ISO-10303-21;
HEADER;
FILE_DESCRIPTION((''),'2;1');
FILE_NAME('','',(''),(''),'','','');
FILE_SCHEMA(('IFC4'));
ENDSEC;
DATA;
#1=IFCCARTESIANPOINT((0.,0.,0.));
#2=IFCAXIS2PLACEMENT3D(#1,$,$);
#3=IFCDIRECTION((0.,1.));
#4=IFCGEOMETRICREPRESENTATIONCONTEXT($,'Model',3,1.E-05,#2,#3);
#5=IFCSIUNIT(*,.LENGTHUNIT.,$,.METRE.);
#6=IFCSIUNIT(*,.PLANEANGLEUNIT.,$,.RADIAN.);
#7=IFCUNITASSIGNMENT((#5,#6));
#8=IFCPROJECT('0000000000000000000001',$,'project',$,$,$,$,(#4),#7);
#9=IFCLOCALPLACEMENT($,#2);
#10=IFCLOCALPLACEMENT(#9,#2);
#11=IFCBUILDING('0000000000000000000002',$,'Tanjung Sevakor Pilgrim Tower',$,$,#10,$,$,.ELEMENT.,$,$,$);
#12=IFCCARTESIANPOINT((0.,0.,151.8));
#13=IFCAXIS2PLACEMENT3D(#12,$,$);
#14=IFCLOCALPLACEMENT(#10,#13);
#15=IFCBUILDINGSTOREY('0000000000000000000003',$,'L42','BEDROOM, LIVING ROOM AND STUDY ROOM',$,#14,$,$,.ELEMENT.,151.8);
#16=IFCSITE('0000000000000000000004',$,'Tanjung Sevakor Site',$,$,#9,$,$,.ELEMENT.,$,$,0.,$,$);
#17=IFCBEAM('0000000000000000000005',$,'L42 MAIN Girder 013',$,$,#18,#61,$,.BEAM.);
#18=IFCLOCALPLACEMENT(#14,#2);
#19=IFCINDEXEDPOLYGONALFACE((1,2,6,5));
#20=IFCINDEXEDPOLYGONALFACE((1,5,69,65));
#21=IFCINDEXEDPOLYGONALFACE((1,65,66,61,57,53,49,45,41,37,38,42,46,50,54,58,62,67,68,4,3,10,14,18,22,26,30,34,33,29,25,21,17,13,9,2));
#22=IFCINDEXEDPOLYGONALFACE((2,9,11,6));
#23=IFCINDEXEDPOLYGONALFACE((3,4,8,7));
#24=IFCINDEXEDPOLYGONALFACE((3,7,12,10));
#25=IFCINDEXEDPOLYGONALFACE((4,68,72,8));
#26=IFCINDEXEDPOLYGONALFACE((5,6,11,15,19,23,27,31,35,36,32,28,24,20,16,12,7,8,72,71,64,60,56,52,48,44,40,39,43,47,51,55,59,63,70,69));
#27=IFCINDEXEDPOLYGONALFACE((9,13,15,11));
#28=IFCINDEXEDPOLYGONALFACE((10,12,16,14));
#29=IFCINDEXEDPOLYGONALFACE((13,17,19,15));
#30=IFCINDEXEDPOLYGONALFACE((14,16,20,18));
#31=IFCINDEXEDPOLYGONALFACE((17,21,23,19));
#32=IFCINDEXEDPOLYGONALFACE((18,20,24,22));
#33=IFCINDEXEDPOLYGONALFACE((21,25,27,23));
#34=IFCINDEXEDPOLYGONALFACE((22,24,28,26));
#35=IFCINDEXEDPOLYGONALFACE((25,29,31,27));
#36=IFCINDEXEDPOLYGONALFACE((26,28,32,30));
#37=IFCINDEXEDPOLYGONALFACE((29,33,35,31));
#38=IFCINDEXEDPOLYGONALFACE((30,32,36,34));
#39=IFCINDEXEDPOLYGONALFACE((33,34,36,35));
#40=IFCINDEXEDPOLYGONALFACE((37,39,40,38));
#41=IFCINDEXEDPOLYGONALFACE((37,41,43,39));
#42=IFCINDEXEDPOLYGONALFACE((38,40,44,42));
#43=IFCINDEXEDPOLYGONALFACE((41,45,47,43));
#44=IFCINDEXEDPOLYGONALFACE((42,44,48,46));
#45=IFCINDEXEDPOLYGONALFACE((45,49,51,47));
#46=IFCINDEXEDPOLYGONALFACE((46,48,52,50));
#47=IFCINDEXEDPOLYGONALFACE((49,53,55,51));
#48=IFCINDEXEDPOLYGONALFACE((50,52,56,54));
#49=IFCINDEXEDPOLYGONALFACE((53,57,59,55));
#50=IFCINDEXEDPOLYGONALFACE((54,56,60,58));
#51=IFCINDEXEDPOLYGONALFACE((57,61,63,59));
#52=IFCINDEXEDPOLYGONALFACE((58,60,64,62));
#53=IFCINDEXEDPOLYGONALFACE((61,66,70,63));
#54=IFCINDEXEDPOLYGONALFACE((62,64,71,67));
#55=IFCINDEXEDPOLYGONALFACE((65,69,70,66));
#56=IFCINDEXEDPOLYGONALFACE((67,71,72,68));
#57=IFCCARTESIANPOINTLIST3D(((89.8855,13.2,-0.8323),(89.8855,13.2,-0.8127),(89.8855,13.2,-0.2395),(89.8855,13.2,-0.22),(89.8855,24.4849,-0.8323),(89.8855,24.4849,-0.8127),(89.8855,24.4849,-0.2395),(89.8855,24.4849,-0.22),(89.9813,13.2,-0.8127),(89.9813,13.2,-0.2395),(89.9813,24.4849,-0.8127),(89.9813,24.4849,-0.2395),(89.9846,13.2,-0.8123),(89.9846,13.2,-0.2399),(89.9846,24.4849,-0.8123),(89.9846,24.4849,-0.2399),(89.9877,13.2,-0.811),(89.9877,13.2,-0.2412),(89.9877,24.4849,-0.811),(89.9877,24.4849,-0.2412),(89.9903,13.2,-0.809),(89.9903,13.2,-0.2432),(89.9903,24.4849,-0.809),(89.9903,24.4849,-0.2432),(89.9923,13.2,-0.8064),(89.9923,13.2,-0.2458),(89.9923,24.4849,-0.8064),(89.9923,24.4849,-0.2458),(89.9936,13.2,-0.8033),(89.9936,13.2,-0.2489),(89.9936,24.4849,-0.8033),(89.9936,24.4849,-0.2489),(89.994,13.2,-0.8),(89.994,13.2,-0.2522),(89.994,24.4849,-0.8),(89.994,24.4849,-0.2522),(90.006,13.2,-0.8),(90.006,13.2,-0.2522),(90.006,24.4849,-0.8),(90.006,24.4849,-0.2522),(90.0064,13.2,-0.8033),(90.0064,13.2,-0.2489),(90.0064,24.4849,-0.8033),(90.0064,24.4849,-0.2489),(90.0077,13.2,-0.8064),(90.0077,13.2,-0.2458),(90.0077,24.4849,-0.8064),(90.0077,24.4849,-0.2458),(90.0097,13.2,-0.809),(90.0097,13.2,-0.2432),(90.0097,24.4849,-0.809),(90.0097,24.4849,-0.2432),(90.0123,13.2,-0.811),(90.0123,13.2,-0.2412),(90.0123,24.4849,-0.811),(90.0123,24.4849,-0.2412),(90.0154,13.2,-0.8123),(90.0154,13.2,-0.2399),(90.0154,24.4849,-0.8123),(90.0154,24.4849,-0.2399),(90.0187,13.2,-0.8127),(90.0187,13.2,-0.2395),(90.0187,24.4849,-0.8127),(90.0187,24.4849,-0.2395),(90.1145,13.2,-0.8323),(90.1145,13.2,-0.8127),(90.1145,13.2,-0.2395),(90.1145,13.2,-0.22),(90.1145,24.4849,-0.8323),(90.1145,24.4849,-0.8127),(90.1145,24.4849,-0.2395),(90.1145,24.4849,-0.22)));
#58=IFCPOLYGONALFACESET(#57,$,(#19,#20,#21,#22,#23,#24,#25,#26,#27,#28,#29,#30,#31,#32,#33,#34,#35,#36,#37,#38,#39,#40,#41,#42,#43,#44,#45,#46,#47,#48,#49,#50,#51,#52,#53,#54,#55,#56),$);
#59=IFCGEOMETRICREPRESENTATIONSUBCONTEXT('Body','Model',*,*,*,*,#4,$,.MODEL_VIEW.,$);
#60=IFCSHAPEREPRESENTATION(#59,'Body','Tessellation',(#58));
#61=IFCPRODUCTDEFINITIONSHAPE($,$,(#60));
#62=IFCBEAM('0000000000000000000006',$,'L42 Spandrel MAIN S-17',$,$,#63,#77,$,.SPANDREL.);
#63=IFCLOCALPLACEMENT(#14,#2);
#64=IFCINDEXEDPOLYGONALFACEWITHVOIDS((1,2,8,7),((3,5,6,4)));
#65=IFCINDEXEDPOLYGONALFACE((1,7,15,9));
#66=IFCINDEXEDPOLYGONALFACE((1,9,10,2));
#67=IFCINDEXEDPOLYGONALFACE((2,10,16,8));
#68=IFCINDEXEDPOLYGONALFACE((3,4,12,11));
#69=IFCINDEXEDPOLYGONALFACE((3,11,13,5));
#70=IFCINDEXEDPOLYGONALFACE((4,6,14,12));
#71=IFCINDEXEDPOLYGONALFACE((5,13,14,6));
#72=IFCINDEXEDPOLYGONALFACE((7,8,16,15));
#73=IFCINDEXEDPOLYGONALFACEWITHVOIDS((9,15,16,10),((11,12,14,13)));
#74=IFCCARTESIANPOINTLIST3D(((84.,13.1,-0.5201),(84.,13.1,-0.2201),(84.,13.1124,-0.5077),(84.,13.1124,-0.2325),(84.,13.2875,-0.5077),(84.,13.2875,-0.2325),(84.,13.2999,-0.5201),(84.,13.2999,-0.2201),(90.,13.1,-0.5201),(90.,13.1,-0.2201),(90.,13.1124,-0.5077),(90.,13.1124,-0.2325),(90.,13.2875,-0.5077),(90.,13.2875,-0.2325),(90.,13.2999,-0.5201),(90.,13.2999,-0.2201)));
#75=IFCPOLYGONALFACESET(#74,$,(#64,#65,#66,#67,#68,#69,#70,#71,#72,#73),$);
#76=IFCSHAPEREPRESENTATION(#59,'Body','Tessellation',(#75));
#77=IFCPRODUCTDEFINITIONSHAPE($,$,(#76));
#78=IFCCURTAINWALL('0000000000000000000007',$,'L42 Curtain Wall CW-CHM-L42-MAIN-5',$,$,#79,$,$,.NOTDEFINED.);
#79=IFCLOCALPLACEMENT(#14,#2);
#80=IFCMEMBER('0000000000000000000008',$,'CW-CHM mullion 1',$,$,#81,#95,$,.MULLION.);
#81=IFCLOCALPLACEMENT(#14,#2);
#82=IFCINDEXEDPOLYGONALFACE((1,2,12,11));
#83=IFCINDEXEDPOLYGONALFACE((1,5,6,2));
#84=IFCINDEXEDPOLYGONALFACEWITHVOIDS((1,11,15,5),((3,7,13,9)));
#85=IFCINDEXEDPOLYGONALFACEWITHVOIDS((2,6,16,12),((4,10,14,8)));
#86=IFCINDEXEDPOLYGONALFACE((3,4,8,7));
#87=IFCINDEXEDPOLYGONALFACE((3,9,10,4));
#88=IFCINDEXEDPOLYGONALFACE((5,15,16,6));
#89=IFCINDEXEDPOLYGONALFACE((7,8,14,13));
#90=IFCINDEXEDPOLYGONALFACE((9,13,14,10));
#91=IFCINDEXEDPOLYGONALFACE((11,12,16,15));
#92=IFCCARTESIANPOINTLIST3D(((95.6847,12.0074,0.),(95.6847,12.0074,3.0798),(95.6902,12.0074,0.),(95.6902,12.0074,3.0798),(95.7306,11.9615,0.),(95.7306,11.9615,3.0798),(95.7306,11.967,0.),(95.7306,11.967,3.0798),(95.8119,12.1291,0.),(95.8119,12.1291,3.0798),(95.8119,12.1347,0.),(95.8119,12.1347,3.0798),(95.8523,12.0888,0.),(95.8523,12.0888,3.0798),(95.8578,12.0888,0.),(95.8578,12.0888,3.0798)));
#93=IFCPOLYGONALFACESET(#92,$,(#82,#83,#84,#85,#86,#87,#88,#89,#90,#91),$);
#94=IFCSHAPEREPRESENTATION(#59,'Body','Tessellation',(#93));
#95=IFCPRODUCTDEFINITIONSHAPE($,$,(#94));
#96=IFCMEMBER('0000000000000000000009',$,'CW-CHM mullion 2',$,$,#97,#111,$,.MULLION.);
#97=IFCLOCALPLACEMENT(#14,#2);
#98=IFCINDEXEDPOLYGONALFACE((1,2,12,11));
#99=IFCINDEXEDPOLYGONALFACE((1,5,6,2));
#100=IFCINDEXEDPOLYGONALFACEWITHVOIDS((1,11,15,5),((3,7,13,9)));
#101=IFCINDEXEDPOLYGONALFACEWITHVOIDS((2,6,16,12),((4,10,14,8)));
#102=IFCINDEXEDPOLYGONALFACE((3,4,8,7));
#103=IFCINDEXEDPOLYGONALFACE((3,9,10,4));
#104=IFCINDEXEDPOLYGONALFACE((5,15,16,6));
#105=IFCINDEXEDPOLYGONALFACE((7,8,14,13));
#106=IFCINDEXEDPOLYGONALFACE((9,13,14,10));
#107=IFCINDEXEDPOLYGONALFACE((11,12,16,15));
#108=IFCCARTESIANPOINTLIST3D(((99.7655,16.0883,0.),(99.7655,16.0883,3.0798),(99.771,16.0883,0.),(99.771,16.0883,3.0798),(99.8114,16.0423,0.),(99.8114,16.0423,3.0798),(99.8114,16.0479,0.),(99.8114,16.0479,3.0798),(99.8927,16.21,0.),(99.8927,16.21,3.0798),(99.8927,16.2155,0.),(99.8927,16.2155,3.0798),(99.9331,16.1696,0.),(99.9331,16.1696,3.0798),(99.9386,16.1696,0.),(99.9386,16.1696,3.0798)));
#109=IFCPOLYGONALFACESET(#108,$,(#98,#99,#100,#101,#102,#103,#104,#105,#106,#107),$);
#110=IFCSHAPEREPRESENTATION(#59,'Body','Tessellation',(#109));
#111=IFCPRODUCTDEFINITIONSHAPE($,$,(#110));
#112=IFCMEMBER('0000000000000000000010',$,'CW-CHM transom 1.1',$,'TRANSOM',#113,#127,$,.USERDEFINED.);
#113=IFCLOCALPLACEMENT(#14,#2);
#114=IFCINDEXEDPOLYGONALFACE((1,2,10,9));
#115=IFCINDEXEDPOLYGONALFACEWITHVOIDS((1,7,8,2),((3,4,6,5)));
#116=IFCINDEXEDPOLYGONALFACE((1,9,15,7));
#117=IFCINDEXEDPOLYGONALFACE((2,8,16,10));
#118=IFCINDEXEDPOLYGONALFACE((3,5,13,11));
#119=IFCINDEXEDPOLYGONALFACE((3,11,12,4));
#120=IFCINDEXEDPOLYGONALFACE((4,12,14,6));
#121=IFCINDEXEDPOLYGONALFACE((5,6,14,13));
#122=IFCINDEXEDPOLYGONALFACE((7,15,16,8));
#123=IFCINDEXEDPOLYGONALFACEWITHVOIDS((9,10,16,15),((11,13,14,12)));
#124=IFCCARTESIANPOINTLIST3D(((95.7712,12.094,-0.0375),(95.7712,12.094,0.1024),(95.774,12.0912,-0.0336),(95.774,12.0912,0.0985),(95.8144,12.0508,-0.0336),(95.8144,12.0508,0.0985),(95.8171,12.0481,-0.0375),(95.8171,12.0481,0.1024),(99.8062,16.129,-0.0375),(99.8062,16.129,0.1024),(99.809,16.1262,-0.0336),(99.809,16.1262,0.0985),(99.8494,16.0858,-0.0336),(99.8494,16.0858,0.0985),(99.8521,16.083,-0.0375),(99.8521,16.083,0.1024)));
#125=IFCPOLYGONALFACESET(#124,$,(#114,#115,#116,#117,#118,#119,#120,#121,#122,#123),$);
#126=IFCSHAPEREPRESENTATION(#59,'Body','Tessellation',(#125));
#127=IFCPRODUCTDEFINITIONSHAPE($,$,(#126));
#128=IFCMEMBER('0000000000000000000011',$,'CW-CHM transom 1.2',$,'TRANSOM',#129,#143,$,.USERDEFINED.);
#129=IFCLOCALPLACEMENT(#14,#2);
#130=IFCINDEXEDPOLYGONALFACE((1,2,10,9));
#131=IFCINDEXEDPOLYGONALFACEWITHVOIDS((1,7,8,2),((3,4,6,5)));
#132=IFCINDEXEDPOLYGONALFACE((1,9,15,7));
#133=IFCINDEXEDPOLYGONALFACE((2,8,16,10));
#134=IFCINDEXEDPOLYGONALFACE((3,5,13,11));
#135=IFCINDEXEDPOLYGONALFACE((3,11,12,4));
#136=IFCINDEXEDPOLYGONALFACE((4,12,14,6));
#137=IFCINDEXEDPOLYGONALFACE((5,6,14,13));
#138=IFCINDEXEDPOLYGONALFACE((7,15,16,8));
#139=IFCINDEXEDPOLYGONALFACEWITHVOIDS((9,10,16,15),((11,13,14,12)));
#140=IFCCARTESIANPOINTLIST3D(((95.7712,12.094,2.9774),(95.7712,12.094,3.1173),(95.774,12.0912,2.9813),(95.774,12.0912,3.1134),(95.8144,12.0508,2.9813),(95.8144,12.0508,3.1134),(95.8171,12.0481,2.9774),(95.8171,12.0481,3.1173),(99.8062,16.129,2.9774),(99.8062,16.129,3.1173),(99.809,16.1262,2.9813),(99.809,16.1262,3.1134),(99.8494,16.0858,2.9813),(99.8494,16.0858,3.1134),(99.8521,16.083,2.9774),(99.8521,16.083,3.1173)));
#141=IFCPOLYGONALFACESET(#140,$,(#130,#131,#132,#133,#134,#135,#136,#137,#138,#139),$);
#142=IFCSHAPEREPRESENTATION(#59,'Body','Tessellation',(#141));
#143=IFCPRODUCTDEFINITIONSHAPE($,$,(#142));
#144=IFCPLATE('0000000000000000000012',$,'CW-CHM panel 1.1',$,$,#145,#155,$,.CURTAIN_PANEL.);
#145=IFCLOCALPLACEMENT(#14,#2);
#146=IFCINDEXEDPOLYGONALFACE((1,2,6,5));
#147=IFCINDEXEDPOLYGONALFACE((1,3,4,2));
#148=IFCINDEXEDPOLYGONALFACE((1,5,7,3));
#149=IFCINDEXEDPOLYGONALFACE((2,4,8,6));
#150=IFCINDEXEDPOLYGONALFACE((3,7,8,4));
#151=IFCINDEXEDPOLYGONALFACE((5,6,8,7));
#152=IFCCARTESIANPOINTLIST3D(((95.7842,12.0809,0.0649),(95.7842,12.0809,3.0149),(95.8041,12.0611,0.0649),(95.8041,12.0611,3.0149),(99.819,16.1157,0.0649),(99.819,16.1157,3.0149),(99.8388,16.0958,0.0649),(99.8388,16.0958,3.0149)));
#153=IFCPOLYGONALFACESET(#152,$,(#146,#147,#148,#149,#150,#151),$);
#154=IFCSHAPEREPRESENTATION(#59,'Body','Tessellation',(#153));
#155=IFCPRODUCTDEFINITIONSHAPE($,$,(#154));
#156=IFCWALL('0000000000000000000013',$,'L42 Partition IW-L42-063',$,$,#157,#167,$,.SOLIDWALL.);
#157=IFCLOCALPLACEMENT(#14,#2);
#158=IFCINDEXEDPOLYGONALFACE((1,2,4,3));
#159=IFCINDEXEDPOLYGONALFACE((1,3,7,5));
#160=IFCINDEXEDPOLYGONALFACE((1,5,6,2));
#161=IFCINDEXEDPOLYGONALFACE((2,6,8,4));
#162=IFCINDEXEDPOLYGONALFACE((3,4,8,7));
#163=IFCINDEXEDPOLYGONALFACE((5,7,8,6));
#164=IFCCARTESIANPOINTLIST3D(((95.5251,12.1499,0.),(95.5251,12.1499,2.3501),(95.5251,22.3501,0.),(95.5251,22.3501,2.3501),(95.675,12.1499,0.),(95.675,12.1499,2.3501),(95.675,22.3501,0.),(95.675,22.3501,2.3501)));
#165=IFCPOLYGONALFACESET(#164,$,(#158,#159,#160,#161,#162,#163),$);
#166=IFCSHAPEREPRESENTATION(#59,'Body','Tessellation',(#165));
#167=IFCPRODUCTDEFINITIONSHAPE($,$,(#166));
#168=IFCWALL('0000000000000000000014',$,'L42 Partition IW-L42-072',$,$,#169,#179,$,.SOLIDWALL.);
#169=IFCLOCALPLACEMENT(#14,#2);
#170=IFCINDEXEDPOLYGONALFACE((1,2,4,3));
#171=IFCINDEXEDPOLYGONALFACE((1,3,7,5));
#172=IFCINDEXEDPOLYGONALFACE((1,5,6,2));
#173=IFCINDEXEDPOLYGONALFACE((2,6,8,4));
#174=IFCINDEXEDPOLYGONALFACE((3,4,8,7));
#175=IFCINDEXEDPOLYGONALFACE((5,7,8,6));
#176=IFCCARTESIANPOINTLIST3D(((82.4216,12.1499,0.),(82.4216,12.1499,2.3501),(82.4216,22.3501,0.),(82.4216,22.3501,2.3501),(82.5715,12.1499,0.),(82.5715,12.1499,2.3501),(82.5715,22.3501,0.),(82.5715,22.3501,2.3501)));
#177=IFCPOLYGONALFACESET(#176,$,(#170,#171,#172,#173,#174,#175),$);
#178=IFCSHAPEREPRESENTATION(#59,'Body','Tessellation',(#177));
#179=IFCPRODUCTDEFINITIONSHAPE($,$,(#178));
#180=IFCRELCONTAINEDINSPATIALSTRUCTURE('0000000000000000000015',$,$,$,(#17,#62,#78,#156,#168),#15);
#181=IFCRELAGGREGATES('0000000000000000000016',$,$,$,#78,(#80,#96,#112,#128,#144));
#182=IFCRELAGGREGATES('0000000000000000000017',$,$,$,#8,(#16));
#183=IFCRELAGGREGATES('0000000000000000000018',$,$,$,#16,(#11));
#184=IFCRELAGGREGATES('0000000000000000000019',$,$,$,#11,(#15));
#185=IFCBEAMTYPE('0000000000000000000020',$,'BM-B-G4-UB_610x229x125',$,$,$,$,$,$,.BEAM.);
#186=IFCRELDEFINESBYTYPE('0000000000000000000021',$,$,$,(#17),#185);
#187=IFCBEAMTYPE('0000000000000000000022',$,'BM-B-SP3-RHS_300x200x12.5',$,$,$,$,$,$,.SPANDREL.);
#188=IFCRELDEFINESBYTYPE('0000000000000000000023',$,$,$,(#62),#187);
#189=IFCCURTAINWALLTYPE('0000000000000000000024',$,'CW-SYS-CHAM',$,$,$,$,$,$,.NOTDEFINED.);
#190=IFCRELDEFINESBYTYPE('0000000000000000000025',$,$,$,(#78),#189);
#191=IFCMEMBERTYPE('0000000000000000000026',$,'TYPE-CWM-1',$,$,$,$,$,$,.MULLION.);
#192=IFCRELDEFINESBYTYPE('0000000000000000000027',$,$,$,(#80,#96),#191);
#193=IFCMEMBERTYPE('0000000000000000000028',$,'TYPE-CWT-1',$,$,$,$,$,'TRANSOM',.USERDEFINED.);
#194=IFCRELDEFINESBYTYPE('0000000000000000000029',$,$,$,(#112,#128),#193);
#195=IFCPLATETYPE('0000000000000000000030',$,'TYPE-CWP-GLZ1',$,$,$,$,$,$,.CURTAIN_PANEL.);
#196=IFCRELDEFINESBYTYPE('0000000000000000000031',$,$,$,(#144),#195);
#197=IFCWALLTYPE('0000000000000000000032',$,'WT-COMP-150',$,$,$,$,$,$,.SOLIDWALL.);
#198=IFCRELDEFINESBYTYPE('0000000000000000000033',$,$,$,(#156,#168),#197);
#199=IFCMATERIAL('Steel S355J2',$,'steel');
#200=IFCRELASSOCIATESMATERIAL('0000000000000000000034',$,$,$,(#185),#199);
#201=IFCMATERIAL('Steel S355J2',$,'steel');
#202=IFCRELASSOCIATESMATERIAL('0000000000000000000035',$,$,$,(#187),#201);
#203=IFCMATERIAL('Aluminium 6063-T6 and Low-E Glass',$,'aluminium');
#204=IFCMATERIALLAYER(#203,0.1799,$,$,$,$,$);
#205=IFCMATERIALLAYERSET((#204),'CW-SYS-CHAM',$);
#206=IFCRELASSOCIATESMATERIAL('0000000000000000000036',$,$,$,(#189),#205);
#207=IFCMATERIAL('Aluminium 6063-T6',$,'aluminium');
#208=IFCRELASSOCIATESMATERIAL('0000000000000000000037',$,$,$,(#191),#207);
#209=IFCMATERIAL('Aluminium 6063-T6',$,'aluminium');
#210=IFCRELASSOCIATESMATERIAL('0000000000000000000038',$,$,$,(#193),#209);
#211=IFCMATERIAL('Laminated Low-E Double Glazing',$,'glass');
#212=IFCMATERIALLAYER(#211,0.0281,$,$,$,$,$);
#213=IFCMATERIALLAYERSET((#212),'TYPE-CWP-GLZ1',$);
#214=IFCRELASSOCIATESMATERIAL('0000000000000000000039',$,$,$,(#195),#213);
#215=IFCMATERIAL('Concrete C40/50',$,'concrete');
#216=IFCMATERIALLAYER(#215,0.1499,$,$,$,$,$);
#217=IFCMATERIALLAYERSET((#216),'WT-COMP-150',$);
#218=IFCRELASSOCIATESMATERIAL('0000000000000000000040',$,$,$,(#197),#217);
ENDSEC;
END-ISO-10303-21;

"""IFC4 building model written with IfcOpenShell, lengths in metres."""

from ifc_helpers import new_model, si_unit, direction, frame, frame_2d, origin, origin_2d, place, context, subcontext, project, spatial, rectangle, hollow_rectangle, i_section, extrude, material, layer, layer_set, material_profile, profile_set, type_object, element, aggregate, save


model = new_model("IFC4")

# Units and contexts
model_context = context("Model", 3, precision=1e-05, world=origin(), true_north=direction((0.0, 1.0)))
body_context = subcontext(model_context, "Body", "Model", "MODEL_VIEW")
ifc_project = project(units=[si_unit("LENGTHUNIT", "METRE"), si_unit("PLANEANGLEUNIT", "RADIAN")], contexts=[model_context])

# Site, building, storey
site_placement = place(None, origin())
site = spatial("IfcSite", under=ifc_project, at=site_placement, Name="Tanjung Sevakor Site", CompositionType="ELEMENT", RefElevation=0.0)
building_placement = place(site_placement, origin())
building = spatial("IfcBuilding", under=site, at=building_placement, Name="Tanjung Sevakor Pilgrim Tower", CompositionType="ELEMENT")
storey_placement = place(building_placement, frame((0.0, 0.0, 151.8)))
storey = spatial("IfcBuildingStorey", under=building, at=storey_placement, Name="L42", Description="BEDROOM, LIVING ROOM AND STUDY ROOM", CompositionType="ELEMENT", Elevation=151.8)

# Beams
ifc_material_1 = material(Name="Steel S355J2", Category="steel")
ifc_material_profile_1 = material_profile(ifc_material_1, i_section(OverallWidth=0.229, OverallDepth=0.6123, WebThickness=0.012, FlangeThickness=0.0195, FilletRadius=0.0127, at=origin_2d()))
ifc_profile_set_1 = profile_set([ifc_material_profile_1], Name="Steel S355J2")
beam_type_1 = type_object("IfcBeamType", Name="BM-B-G4-UB_610x229x125", PredefinedType="BEAM", material=ifc_profile_set_1)
for number, where, z_axis, x_axis, name in (
    (1, (90.0, 13.2, -0.5261), (0.0, 1.0, 0.0), (-1.0, 0.0, 0.0), "L42 MAIN Girder 013"),
):
    element("IfcBeam", number, at=place(storey_placement, frame(where, z_axis=z_axis, x_axis=x_axis)), inside=storey, type_object=beam_type_1, Name=name, PredefinedType="BEAM", context=body_context, shape_type="SweptSolid", body=[
        extrude(i_section(OverallWidth=0.229, OverallDepth=0.6123, WebThickness=0.012, FlangeThickness=0.0195, FilletRadius=0.0127, at=origin_2d()), origin(), (0.0, 0.0, 1.0), 11.2849),
    ])
ifc_material_2 = material(Name="Steel S355J2", Category="steel")
ifc_material_profile_2 = material_profile(ifc_material_2, hollow_rectangle(XDim=0.2, YDim=0.3, WallThickness=0.0125, at=origin_2d()))
ifc_profile_set_2 = profile_set([ifc_material_profile_2], Name="Steel S355J2")
beam_type_2 = type_object("IfcBeamType", Name="BM-B-SP3-RHS_300x200x12.5", PredefinedType="SPANDREL", material=ifc_profile_set_2)
beam_1_placement = place(storey_placement, frame((84.0, 13.2, -0.3701), z_axis=(1.0, 0.0, 0.0), x_axis=(0.0, 1.0, 0.0)))
element("IfcBeam", 2, at=beam_1_placement, inside=storey, type_object=beam_type_2, Name="L42 Spandrel MAIN S-17", PredefinedType="SPANDREL", context=body_context, shape_type="SweptSolid", body=[
    extrude(hollow_rectangle(XDim=0.2, YDim=0.3, WallThickness=0.0125, at=origin_2d()), origin(), (0.0, 0.0, 1.0), 6.0),
])

# Curtain wall, members, plate
ifc_material_3 = material(Name="Aluminium 6063-T6 and Low-E Glass", Category="aluminium")
ifc_layer_1 = layer(ifc_material_3, 0.1799)
ifc_layer_set_1 = layer_set([ifc_layer_1], Name="CW-SYS-CHAM")
curtain_wall_type = type_object("IfcCurtainWallType", Name="CW-SYS-CHAM", PredefinedType="NOTDEFINED", material=ifc_layer_set_1)
curtain_wall_placement = place(storey_placement, origin())
curtain_wall = element("IfcCurtainWall", 3, at=curtain_wall_placement, inside=storey, type_object=curtain_wall_type, Name="L42 Curtain Wall CW-CHM-L42-MAIN-5", PredefinedType="NOTDEFINED")
ifc_material_4 = material(Name="Aluminium 6063-T6", Category="aluminium")
ifc_material_profile_3 = material_profile(ifc_material_4, hollow_rectangle(XDim=0.0649, YDim=0.1799, WallThickness=0.0039, at=origin_2d()))
ifc_profile_set_3 = profile_set([ifc_material_profile_3], Name="Aluminium 6063-T6")
member_type_1 = type_object("IfcMemberType", Name="TYPE-CWM-1", PredefinedType="MULLION", material=ifc_profile_set_3)
member_1_placement = place(storey_placement, frame((95.7712, 12.0481, 0.0), z_axis=(0.0, 0.0, 1.0), x_axis=(-0.707107, 0.707107, 0.0)))
member_1 = element("IfcMember", 4, at=member_1_placement, type_object=member_type_1, Name="CW-CHM mullion 1", PredefinedType="MULLION", context=body_context, shape_type="SweptSolid", body=[
    extrude(hollow_rectangle(XDim=0.0649, YDim=0.1799, WallThickness=0.0039, at=origin_2d()), origin(), (0.0, 0.0, 1.0), 3.0798),
])
member_2_placement = place(storey_placement, frame((99.8521, 16.1289, 0.0), z_axis=(0.0, 0.0, 1.0), x_axis=(-0.707107, 0.707107, 0.0)))
member_2 = element("IfcMember", 5, at=member_2_placement, type_object=member_type_1, Name="CW-CHM mullion 2", PredefinedType="MULLION", context=body_context, shape_type="SweptSolid", body=[
    extrude(hollow_rectangle(XDim=0.0649, YDim=0.1799, WallThickness=0.0039, at=origin_2d()), origin(), (0.0, 0.0, 1.0), 3.0798),
])
ifc_material_5 = material(Name="Aluminium 6063-T6", Category="aluminium")
ifc_material_profile_4 = material_profile(ifc_material_5, hollow_rectangle(XDim=0.0649, YDim=0.1399, WallThickness=0.0039, at=origin_2d()))
ifc_profile_set_4 = profile_set([ifc_material_profile_4], Name="Aluminium 6063-T6")
member_type_2 = type_object("IfcMemberType", Name="TYPE-CWT-1", ElementType="TRANSOM", PredefinedType="USERDEFINED", material=ifc_profile_set_4)
member_3_placement = place(storey_placement, frame((95.7942, 12.071, 0.0325), z_axis=(0.707107, 0.707107, 0.0), x_axis=(-0.707107, 0.707107, 0.0)))
member_3 = element("IfcMember", 6, at=member_3_placement, type_object=member_type_2, Name="CW-CHM transom 1.1", ObjectType="TRANSOM", PredefinedType="USERDEFINED", context=body_context, shape_type="SweptSolid", body=[
    extrude(hollow_rectangle(XDim=0.0649, YDim=0.1399, WallThickness=0.0039, at=origin_2d()), origin(), (0.0, 0.0, 1.0), 5.7063),
])
member_4_placement = place(storey_placement, frame((95.7942, 12.071, 3.0474), z_axis=(0.707107, 0.707107, 0.0), x_axis=(-0.707107, 0.707107, 0.0)))
member_4 = element("IfcMember", 7, at=member_4_placement, type_object=member_type_2, Name="CW-CHM transom 1.2", ObjectType="TRANSOM", PredefinedType="USERDEFINED", context=body_context, shape_type="SweptSolid", body=[
    extrude(hollow_rectangle(XDim=0.0649, YDim=0.1399, WallThickness=0.0039, at=origin_2d()), origin(), (0.0, 0.0, 1.0), 5.7063),
])
ifc_material_6 = material(Name="Laminated Low-E Double Glazing", Category="glass")
ifc_layer_2 = layer(ifc_material_6, 0.0281)
ifc_layer_set_2 = layer_set([ifc_layer_2], Name="TYPE-CWP-GLZ1")
plate_type = type_object("IfcPlateType", Name="TYPE-CWP-GLZ1", PredefinedType="CURTAIN_PANEL", material=ifc_layer_set_2)
plate_placement = place(storey_placement, frame((97.8115, 14.0884, 0.0649), z_axis=(0.0, 0.0, 1.0), x_axis=(0.707107, 0.707107, 0.0)))
plate = element("IfcPlate", 8, at=plate_placement, type_object=plate_type, Name="CW-CHM panel 1.1", PredefinedType="CURTAIN_PANEL", context=body_context, shape_type="SweptSolid", body=[
    extrude(rectangle(XDim=5.7061, YDim=0.0281, at=origin_2d()), origin(), (0.0, 0.0, 1.0), 2.95),
])
aggregate(curtain_wall, [member_1, member_2, member_3, member_4, plate])

# Walls
ifc_material_7 = material(Name="Concrete C40/50", Category="concrete")
ifc_layer_3 = layer(ifc_material_7, 0.1499)
ifc_layer_set_3 = layer_set([ifc_layer_3], Name="WT-COMP-150")
wall_type_1 = type_object("IfcWallType", Name="WT-COMP-150", PredefinedType="SOLIDWALL", material=ifc_layer_set_3)
for number, where, z_axis, x_axis, name in (
    (9, (95.6001, 12.1499, 0.0), (0.0, 0.0, 1.0), (0.0, 1.0, 0.0), "L42 Partition IW-L42-063"),
    (10, (82.4966, 12.1499, 0.0), (0.0, 0.0, 1.0), (0.0, 1.0, 0.0), "L42 Partition IW-L42-072"),
):
    element("IfcWall", number, at=place(storey_placement, frame(where, z_axis=z_axis, x_axis=x_axis)), inside=storey, type_object=wall_type_1, Name=name, PredefinedType="SOLIDWALL", context=body_context, shape_type="SweptSolid", body=[
        extrude(rectangle(XDim=10.2002, YDim=0.1499, at=frame_2d((5.1001, 0.0))), origin(), (0.0, 0.0, 1.0), 2.3501),
    ])

save(model, "model.ifc")
